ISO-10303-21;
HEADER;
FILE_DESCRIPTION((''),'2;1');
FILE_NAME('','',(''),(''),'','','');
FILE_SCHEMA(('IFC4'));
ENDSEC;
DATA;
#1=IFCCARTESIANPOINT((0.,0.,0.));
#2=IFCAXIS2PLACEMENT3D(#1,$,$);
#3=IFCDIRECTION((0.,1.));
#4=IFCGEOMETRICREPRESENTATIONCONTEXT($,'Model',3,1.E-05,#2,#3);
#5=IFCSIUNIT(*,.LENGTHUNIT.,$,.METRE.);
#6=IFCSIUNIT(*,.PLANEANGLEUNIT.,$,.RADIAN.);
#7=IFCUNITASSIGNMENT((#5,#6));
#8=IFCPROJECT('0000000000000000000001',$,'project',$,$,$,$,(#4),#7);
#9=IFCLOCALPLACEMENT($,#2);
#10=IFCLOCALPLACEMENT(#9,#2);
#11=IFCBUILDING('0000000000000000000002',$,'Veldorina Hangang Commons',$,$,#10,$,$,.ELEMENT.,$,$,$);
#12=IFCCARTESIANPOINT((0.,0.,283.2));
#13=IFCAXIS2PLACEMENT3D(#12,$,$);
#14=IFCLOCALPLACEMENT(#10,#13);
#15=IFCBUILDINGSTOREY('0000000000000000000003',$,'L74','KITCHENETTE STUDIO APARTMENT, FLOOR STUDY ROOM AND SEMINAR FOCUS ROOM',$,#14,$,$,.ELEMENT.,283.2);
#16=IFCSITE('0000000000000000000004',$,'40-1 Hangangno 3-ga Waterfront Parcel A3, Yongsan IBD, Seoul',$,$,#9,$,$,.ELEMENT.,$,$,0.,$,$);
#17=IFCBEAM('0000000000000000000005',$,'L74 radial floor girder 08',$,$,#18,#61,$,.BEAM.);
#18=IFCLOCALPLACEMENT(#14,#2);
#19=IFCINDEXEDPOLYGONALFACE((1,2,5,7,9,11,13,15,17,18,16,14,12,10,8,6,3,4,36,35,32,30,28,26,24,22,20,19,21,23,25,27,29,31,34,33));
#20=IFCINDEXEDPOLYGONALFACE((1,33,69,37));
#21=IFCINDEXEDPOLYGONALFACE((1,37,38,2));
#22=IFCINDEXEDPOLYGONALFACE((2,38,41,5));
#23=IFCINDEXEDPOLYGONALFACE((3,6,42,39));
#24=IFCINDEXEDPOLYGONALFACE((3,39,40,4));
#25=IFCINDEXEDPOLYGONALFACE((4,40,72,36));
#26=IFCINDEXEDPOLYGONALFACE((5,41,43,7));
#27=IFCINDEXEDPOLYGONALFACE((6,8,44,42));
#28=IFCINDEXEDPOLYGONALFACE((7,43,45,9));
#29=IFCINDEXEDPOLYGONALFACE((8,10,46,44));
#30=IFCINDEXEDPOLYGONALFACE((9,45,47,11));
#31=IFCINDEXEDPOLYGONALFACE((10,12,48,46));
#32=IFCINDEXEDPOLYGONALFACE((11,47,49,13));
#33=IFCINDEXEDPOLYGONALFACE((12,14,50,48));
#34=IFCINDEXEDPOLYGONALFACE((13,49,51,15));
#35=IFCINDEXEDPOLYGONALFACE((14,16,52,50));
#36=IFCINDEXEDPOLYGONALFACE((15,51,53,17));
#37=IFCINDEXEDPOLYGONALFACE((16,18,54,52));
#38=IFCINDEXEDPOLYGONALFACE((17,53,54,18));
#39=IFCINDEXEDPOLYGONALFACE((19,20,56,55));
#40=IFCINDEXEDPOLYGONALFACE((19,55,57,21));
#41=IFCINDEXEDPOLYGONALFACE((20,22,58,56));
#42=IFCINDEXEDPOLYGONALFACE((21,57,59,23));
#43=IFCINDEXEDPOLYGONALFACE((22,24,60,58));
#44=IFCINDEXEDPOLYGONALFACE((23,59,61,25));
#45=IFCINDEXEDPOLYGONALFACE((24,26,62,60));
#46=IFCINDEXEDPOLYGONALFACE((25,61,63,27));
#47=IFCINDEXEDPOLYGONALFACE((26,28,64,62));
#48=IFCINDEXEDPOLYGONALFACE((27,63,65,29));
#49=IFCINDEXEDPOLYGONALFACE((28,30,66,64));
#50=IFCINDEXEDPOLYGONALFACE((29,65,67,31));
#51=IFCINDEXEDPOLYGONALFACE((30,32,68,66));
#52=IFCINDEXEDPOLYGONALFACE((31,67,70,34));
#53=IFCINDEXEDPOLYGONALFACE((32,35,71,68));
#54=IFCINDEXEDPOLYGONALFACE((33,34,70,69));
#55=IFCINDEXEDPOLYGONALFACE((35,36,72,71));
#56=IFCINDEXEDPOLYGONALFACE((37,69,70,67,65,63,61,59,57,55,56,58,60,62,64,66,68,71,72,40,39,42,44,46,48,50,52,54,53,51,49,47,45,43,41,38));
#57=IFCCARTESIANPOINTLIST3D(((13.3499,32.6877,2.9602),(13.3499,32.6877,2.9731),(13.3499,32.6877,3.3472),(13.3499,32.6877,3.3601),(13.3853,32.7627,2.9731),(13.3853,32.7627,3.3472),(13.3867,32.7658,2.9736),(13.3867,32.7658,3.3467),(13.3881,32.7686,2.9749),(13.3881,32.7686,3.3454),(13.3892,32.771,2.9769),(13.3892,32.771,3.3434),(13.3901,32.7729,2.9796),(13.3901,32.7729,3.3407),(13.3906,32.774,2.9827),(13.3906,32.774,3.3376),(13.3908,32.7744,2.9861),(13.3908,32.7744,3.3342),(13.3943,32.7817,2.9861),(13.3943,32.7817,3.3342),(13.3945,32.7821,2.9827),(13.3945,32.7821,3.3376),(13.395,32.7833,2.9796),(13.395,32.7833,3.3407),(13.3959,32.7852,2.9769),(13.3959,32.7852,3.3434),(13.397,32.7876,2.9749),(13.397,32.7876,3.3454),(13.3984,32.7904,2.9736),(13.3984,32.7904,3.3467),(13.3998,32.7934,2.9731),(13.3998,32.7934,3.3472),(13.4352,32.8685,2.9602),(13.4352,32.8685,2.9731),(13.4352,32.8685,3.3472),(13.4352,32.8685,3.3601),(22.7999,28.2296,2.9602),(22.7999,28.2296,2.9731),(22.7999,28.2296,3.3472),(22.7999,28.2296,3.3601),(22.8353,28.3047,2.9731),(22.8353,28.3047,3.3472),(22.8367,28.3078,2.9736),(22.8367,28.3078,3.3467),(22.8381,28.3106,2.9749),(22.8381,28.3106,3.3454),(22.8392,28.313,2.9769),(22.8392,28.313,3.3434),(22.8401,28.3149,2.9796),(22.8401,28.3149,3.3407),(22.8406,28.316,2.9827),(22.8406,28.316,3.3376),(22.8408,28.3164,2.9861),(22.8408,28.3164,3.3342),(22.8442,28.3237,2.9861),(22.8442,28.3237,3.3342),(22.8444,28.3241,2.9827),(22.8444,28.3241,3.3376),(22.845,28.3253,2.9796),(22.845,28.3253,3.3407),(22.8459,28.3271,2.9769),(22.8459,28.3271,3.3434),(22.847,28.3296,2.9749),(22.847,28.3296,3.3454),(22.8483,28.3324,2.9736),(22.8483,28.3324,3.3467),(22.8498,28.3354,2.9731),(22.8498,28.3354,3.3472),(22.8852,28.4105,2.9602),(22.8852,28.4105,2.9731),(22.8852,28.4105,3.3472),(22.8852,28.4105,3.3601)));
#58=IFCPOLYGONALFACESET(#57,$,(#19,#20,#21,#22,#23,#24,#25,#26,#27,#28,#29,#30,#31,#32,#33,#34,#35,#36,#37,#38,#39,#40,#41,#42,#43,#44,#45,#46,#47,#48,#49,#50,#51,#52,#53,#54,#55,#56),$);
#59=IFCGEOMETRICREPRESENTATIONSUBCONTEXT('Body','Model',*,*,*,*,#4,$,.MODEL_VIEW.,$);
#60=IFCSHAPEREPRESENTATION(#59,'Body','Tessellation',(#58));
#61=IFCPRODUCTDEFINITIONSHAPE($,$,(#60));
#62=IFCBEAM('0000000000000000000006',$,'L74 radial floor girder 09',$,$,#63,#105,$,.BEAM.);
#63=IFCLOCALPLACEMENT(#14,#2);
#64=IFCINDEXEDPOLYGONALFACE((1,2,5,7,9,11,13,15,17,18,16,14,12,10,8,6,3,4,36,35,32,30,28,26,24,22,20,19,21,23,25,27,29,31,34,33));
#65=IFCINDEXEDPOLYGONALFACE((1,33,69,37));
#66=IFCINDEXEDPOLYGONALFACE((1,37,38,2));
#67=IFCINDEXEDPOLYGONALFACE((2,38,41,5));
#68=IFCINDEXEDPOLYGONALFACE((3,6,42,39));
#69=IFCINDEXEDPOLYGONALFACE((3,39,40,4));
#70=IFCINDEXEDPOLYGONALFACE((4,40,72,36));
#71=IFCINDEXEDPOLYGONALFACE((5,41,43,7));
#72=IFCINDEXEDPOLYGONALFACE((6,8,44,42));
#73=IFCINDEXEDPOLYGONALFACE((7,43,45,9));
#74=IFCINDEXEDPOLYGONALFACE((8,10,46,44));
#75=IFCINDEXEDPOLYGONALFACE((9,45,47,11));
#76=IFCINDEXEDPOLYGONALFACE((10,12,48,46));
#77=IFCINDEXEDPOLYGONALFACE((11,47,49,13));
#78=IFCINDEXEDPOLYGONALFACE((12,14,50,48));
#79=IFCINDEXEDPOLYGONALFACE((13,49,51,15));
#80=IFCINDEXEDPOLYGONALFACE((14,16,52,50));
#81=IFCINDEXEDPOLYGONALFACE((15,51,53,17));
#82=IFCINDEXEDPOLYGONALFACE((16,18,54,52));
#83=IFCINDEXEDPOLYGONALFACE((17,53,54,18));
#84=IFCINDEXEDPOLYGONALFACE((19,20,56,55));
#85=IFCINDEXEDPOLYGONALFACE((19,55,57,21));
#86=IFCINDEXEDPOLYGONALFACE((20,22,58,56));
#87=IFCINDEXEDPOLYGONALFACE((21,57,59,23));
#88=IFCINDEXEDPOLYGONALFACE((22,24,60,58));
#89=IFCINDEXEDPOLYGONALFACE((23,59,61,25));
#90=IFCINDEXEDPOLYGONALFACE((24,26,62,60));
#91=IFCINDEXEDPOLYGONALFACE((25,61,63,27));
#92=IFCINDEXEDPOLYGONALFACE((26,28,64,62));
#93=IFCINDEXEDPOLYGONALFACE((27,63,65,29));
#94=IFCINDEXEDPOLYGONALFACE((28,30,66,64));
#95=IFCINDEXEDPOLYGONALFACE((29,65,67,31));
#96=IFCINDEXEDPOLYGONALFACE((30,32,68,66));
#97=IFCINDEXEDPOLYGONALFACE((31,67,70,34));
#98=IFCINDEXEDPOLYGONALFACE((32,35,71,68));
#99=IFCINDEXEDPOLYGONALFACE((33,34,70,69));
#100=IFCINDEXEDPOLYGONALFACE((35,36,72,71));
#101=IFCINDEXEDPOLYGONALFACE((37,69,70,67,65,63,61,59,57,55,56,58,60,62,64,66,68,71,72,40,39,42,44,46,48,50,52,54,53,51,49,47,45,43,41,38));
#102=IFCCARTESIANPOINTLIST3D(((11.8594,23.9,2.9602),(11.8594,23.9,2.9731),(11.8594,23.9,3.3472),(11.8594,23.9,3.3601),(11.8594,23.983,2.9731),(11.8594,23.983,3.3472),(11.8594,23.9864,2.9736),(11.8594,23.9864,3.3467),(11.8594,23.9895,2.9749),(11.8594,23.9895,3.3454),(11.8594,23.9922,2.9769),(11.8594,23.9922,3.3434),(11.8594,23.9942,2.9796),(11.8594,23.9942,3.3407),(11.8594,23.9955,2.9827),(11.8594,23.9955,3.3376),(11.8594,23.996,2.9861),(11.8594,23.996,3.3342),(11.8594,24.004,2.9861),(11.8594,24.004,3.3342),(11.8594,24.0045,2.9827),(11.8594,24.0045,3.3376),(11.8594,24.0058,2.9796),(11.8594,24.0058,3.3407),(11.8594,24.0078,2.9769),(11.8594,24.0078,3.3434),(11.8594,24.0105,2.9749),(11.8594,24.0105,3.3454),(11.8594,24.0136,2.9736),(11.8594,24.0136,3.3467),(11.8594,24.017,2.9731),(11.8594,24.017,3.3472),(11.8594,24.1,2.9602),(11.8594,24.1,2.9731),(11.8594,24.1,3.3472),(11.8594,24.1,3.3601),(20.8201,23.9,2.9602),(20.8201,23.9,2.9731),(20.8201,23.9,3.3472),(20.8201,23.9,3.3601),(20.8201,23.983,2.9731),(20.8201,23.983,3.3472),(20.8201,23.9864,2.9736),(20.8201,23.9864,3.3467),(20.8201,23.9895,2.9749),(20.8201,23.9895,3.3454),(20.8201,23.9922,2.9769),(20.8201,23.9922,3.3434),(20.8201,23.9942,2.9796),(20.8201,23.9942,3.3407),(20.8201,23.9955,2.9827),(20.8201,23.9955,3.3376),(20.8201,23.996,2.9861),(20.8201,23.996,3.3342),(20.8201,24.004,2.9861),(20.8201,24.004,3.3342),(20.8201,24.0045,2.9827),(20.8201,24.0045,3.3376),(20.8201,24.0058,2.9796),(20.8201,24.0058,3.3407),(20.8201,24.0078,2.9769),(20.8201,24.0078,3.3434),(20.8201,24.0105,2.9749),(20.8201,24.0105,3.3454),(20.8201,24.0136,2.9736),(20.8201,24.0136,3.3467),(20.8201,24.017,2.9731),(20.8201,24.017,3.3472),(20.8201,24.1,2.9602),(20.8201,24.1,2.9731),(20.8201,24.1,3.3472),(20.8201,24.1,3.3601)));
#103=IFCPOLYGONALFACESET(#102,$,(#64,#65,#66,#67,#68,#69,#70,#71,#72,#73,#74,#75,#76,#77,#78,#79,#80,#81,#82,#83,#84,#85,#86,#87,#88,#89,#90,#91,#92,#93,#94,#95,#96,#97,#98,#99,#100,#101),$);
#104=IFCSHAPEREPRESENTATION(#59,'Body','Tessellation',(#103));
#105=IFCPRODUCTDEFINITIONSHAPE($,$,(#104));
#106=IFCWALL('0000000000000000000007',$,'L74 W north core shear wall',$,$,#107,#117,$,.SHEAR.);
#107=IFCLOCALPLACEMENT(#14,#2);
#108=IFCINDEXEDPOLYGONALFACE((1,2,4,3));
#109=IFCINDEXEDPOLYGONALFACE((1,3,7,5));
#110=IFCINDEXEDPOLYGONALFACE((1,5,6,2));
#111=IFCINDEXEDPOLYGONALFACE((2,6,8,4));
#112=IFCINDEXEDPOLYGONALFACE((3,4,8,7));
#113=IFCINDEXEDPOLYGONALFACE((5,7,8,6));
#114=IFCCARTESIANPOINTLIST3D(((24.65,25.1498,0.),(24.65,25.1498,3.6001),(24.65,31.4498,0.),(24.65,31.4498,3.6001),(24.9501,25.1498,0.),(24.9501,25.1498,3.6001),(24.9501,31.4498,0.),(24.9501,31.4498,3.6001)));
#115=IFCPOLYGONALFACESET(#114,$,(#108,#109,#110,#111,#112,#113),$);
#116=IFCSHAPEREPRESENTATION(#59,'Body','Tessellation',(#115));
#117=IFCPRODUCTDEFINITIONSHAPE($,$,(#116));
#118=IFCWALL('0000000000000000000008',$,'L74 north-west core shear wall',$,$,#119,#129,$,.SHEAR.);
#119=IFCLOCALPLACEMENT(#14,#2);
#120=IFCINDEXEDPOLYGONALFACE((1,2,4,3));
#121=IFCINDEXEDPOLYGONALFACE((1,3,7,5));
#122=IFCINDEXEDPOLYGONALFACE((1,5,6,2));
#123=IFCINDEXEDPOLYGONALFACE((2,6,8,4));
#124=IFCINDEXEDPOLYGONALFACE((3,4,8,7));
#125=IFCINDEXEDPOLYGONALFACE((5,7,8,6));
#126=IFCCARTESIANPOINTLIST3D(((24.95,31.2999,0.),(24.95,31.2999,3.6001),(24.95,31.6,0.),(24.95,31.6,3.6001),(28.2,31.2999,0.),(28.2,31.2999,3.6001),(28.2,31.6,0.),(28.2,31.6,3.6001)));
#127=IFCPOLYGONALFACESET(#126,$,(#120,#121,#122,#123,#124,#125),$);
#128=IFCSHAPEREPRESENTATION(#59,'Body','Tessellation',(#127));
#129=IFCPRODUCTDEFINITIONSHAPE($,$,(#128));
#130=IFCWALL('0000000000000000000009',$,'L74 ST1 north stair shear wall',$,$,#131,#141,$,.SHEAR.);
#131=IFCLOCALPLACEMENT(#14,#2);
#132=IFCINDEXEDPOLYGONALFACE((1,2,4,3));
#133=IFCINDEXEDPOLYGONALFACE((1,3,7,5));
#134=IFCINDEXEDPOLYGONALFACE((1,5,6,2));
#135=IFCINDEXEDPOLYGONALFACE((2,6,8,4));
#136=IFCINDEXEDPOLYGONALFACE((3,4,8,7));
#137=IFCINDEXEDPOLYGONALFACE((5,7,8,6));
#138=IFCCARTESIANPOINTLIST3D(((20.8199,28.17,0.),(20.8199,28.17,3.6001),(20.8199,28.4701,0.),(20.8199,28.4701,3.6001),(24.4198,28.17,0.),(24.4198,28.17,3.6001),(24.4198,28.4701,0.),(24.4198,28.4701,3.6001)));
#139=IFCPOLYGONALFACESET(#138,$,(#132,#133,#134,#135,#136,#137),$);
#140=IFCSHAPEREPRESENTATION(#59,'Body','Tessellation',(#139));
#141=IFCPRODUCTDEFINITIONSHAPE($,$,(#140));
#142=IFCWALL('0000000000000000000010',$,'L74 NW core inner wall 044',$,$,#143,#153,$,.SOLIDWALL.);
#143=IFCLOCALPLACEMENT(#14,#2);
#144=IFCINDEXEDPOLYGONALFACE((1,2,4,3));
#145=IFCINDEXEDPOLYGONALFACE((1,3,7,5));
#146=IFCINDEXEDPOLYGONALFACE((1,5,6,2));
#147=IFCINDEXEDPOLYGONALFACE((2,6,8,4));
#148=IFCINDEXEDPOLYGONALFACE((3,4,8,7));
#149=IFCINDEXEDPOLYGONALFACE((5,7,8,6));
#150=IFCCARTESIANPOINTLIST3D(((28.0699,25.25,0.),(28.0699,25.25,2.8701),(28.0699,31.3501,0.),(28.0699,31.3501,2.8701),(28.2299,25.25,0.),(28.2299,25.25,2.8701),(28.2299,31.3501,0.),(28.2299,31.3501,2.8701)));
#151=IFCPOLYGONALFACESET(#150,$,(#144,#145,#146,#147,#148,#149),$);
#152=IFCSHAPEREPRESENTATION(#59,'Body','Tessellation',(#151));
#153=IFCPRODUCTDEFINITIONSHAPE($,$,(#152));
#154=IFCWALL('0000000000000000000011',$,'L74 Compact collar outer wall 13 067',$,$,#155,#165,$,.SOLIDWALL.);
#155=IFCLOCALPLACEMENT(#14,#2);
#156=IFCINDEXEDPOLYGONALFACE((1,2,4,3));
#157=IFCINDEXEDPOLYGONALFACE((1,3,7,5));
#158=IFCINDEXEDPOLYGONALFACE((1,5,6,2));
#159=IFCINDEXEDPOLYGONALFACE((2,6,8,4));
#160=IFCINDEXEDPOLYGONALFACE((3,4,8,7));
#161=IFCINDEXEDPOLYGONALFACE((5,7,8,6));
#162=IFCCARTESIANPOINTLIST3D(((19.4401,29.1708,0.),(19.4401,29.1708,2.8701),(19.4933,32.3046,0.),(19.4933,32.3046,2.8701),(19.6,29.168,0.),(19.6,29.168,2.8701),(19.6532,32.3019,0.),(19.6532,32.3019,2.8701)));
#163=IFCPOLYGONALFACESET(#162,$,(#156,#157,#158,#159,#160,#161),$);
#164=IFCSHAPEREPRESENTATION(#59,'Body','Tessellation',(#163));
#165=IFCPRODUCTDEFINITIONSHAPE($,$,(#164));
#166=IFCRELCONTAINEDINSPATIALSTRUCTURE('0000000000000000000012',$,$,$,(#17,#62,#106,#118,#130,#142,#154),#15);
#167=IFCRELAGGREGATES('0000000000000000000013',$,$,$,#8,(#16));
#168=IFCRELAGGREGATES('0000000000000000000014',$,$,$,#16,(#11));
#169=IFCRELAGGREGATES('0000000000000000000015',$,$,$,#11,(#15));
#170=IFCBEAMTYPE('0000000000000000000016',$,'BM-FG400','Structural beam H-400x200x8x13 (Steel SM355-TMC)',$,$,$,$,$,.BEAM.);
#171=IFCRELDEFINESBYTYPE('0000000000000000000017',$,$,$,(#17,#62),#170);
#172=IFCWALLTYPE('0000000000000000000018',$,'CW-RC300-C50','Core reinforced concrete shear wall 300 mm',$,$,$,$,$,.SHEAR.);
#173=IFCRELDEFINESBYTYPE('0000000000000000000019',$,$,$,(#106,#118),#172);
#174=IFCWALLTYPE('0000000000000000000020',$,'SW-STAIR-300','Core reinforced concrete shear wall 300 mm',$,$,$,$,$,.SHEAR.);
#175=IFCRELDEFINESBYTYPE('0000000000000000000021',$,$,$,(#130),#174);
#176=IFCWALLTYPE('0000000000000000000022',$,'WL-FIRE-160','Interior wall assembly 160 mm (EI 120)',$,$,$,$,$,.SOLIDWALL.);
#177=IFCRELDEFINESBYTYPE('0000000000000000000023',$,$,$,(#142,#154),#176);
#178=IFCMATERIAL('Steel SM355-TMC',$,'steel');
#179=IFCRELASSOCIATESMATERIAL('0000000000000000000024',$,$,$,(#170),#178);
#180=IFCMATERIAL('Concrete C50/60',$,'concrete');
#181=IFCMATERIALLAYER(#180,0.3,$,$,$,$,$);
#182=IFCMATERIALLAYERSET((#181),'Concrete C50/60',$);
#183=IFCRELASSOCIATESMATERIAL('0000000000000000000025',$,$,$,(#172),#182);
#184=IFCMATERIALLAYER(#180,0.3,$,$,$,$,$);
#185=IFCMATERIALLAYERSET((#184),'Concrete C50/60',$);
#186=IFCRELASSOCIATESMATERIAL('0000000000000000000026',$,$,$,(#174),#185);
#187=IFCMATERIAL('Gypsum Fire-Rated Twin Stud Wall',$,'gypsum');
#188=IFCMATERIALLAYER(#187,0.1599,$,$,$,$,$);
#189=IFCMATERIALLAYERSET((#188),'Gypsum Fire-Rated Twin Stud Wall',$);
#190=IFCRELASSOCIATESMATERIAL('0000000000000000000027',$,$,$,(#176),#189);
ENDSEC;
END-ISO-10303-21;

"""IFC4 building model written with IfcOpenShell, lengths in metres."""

from ifc_helpers import new_model, si_unit, direction, frame, frame_2d, origin, origin_2d, place, context, subcontext, project, spatial, rectangle, i_section, extrude, material, layer, layer_set, material_profile, profile_set, type_object, element, save


model = new_model("IFC4")

# Units and contexts
model_context = context("Model", 3, precision=1e-05, world=origin(), true_north=direction((0.0, 1.0)))
body_context = subcontext(model_context, "Body", "Model", "MODEL_VIEW")
ifc_project = project(units=[si_unit("LENGTHUNIT", "METRE"), si_unit("PLANEANGLEUNIT", "RADIAN")], contexts=[model_context])

# Site, building, storey
site_placement = place(None, origin())
site = spatial("IfcSite", under=ifc_project, at=site_placement, Name="40-1 Hangangno 3-ga Waterfront Parcel A3, Yongsan IBD, Seoul", CompositionType="ELEMENT", RefElevation=0.0)
building_placement = place(site_placement, origin())
building = spatial("IfcBuilding", under=site, at=building_placement, Name="Veldorina Hangang Commons", CompositionType="ELEMENT")
storey_placement = place(building_placement, frame((0.0, 0.0, 283.2)))
storey = spatial("IfcBuildingStorey", under=building, at=storey_placement, Name="L74", Description="KITCHENETTE STUDIO APARTMENT, FLOOR STUDY ROOM AND SEMINAR FOCUS ROOM", CompositionType="ELEMENT", Elevation=283.2)

# Beams
ifc_material_1 = material(Name="Concrete C50/60", Category="concrete")
ifc_material_2 = material(Name="Steel SM355-TMC", Category="steel")
ifc_material_profile_1 = material_profile(ifc_material_2, i_section(OverallWidth=0.2, OverallDepth=0.3999, WebThickness=0.0081, FlangeThickness=0.0129, FilletRadius=0.0129, at=origin_2d()), Name="H-400x200x8x13")
ifc_profile_set_1 = profile_set([ifc_material_profile_1], Name="Steel SM355-TMC")
beam_type_1 = type_object("IfcBeamType", Name="BM-FG400", Description="Structural beam H-400x200x8x13 (Steel SM355-TMC)", PredefinedType="BEAM", material=ifc_profile_set_1)
beam_1_placement = place(storey_placement, frame((22.8425, 28.3201, 3.1602), z_axis=(-0.904414, 0.426657, 0.0), x_axis=(-0.426657, -0.904414, 0.0)))
element("IfcBeam", 1, at=beam_1_placement, inside=storey, type_object=beam_type_1, Name="L74 radial floor girder 08", PredefinedType="BEAM", context=body_context, shape_type="SweptSolid", body=[
    extrude(i_section(OverallWidth=0.2, OverallDepth=0.3999, WebThickness=0.0081, FlangeThickness=0.0129, FilletRadius=0.0129, at=origin_2d()), origin(), (0.0, 0.0, 1.0), 10.4487),
])
beam_2_placement = place(storey_placement, frame((20.8201, 24.0, 3.1602), z_axis=(-1.0, 0.0, 0.0), x_axis=(0.0, -1.0, 0.0)))
element("IfcBeam", 2, at=beam_2_placement, inside=storey, type_object=beam_type_1, Name="L74 radial floor girder 09", PredefinedType="BEAM", context=body_context, shape_type="SweptSolid", body=[
    extrude(i_section(OverallWidth=0.2, OverallDepth=0.3999, WebThickness=0.0081, FlangeThickness=0.0129, FilletRadius=0.0129, at=origin_2d()), origin(), (0.0, 0.0, 1.0), 8.9607),
])

# Walls
ifc_layer_1 = layer(ifc_material_1, 0.3)
ifc_layer_set_1 = layer_set([ifc_layer_1], Name="Concrete C50/60")
wall_type_1 = type_object("IfcWallType", Name="CW-RC300-C50", Description="Core reinforced concrete shear wall 300 mm", PredefinedType="SHEAR", material=ifc_layer_set_1)
wall_1_placement = place(storey_placement, frame((24.8, 25.1499, 0.0), z_axis=(0.0, 0.0, 1.0), x_axis=(0.0, 1.0, 0.0)))
element("IfcWall", 3, at=wall_1_placement, inside=storey, type_object=wall_type_1, Name="L74 W north core shear wall", PredefinedType="SHEAR", context=body_context, shape_type="SweptSolid", body=[
    extrude(rectangle(XDim=6.3, YDim=0.3, at=frame_2d((3.1499, 0.0))), origin(), (0.0, 0.0, 1.0), 3.6001),
])
wall_2_placement = place(storey_placement, frame((24.95, 31.45, 0.0), z_axis=(0.0, 0.0, 1.0), x_axis=(1.0, 0.0, 0.0)))
element("IfcWall", 4, at=wall_2_placement, inside=storey, type_object=wall_type_1, Name="L74 north-west core shear wall", PredefinedType="SHEAR", context=body_context, shape_type="SweptSolid", body=[
    extrude(rectangle(XDim=3.25, YDim=0.3, at=frame_2d((1.625, 0.0))), origin(), (0.0, 0.0, 1.0), 3.6001),
])
ifc_layer_2 = layer(ifc_material_1, 0.3)
ifc_layer_set_2 = layer_set([ifc_layer_2], Name="Concrete C50/60")
wall_type_2 = type_object("IfcWallType", Name="SW-STAIR-300", Description="Core reinforced concrete shear wall 300 mm", PredefinedType="SHEAR", material=ifc_layer_set_2)
wall_3_placement = place(storey_placement, frame((20.8201, 28.3201, 0.0), z_axis=(0.0, 0.0, 1.0), x_axis=(1.0, 0.0, 0.0)))
element("IfcWall", 5, at=wall_3_placement, inside=storey, type_object=wall_type_2, Name="L74 ST1 north stair shear wall", PredefinedType="SHEAR", context=body_context, shape_type="SweptSolid", body=[
    extrude(rectangle(XDim=3.5999, YDim=0.3, at=frame_2d((1.7998, 0.0))), origin(), (0.0, 0.0, 1.0), 3.6001),
])
ifc_material_3 = material(Name="Gypsum Fire-Rated Twin Stud Wall", Category="gypsum")
ifc_layer_3 = layer(ifc_material_3, 0.1599)
ifc_layer_set_3 = layer_set([ifc_layer_3], Name="Gypsum Fire-Rated Twin Stud Wall")
wall_type_3 = type_object("IfcWallType", Name="WL-FIRE-160", Description="Interior wall assembly 160 mm (EI 120)", PredefinedType="SOLIDWALL", material=ifc_layer_set_3)
wall_4_placement = place(storey_placement, frame((28.1499, 25.25, 0.0), z_axis=(0.0, 0.0, 1.0), x_axis=(0.0, 1.0, 0.0)))
element("IfcWall", 6, at=wall_4_placement, inside=storey, type_object=wall_type_3, Name="L74 NW core inner wall 044", PredefinedType="SOLIDWALL", context=body_context, shape_type="SweptSolid", body=[
    extrude(rectangle(XDim=6.1001, YDim=0.1599, at=frame_2d((3.05, 0.0))), origin(), (0.0, 0.0, 1.0), 2.8701),
])
wall_5_placement = place(storey_placement, frame((19.5732, 32.3032, 0.0), z_axis=(0.0, 0.0, 1.0), x_axis=(-0.016981, -0.999856, 0.0)))
element("IfcWall", 7, at=wall_5_placement, inside=storey, type_object=wall_type_3, Name="L74 Compact collar outer wall 13 067", PredefinedType="SOLIDWALL", context=body_context, shape_type="SweptSolid", body=[
    extrude(rectangle(XDim=3.1343, YDim=0.1599, at=frame_2d((1.5671, 0.0))), origin(), (0.0, 0.0, 1.0), 2.8701),
])

save(model, "model.ifc")
